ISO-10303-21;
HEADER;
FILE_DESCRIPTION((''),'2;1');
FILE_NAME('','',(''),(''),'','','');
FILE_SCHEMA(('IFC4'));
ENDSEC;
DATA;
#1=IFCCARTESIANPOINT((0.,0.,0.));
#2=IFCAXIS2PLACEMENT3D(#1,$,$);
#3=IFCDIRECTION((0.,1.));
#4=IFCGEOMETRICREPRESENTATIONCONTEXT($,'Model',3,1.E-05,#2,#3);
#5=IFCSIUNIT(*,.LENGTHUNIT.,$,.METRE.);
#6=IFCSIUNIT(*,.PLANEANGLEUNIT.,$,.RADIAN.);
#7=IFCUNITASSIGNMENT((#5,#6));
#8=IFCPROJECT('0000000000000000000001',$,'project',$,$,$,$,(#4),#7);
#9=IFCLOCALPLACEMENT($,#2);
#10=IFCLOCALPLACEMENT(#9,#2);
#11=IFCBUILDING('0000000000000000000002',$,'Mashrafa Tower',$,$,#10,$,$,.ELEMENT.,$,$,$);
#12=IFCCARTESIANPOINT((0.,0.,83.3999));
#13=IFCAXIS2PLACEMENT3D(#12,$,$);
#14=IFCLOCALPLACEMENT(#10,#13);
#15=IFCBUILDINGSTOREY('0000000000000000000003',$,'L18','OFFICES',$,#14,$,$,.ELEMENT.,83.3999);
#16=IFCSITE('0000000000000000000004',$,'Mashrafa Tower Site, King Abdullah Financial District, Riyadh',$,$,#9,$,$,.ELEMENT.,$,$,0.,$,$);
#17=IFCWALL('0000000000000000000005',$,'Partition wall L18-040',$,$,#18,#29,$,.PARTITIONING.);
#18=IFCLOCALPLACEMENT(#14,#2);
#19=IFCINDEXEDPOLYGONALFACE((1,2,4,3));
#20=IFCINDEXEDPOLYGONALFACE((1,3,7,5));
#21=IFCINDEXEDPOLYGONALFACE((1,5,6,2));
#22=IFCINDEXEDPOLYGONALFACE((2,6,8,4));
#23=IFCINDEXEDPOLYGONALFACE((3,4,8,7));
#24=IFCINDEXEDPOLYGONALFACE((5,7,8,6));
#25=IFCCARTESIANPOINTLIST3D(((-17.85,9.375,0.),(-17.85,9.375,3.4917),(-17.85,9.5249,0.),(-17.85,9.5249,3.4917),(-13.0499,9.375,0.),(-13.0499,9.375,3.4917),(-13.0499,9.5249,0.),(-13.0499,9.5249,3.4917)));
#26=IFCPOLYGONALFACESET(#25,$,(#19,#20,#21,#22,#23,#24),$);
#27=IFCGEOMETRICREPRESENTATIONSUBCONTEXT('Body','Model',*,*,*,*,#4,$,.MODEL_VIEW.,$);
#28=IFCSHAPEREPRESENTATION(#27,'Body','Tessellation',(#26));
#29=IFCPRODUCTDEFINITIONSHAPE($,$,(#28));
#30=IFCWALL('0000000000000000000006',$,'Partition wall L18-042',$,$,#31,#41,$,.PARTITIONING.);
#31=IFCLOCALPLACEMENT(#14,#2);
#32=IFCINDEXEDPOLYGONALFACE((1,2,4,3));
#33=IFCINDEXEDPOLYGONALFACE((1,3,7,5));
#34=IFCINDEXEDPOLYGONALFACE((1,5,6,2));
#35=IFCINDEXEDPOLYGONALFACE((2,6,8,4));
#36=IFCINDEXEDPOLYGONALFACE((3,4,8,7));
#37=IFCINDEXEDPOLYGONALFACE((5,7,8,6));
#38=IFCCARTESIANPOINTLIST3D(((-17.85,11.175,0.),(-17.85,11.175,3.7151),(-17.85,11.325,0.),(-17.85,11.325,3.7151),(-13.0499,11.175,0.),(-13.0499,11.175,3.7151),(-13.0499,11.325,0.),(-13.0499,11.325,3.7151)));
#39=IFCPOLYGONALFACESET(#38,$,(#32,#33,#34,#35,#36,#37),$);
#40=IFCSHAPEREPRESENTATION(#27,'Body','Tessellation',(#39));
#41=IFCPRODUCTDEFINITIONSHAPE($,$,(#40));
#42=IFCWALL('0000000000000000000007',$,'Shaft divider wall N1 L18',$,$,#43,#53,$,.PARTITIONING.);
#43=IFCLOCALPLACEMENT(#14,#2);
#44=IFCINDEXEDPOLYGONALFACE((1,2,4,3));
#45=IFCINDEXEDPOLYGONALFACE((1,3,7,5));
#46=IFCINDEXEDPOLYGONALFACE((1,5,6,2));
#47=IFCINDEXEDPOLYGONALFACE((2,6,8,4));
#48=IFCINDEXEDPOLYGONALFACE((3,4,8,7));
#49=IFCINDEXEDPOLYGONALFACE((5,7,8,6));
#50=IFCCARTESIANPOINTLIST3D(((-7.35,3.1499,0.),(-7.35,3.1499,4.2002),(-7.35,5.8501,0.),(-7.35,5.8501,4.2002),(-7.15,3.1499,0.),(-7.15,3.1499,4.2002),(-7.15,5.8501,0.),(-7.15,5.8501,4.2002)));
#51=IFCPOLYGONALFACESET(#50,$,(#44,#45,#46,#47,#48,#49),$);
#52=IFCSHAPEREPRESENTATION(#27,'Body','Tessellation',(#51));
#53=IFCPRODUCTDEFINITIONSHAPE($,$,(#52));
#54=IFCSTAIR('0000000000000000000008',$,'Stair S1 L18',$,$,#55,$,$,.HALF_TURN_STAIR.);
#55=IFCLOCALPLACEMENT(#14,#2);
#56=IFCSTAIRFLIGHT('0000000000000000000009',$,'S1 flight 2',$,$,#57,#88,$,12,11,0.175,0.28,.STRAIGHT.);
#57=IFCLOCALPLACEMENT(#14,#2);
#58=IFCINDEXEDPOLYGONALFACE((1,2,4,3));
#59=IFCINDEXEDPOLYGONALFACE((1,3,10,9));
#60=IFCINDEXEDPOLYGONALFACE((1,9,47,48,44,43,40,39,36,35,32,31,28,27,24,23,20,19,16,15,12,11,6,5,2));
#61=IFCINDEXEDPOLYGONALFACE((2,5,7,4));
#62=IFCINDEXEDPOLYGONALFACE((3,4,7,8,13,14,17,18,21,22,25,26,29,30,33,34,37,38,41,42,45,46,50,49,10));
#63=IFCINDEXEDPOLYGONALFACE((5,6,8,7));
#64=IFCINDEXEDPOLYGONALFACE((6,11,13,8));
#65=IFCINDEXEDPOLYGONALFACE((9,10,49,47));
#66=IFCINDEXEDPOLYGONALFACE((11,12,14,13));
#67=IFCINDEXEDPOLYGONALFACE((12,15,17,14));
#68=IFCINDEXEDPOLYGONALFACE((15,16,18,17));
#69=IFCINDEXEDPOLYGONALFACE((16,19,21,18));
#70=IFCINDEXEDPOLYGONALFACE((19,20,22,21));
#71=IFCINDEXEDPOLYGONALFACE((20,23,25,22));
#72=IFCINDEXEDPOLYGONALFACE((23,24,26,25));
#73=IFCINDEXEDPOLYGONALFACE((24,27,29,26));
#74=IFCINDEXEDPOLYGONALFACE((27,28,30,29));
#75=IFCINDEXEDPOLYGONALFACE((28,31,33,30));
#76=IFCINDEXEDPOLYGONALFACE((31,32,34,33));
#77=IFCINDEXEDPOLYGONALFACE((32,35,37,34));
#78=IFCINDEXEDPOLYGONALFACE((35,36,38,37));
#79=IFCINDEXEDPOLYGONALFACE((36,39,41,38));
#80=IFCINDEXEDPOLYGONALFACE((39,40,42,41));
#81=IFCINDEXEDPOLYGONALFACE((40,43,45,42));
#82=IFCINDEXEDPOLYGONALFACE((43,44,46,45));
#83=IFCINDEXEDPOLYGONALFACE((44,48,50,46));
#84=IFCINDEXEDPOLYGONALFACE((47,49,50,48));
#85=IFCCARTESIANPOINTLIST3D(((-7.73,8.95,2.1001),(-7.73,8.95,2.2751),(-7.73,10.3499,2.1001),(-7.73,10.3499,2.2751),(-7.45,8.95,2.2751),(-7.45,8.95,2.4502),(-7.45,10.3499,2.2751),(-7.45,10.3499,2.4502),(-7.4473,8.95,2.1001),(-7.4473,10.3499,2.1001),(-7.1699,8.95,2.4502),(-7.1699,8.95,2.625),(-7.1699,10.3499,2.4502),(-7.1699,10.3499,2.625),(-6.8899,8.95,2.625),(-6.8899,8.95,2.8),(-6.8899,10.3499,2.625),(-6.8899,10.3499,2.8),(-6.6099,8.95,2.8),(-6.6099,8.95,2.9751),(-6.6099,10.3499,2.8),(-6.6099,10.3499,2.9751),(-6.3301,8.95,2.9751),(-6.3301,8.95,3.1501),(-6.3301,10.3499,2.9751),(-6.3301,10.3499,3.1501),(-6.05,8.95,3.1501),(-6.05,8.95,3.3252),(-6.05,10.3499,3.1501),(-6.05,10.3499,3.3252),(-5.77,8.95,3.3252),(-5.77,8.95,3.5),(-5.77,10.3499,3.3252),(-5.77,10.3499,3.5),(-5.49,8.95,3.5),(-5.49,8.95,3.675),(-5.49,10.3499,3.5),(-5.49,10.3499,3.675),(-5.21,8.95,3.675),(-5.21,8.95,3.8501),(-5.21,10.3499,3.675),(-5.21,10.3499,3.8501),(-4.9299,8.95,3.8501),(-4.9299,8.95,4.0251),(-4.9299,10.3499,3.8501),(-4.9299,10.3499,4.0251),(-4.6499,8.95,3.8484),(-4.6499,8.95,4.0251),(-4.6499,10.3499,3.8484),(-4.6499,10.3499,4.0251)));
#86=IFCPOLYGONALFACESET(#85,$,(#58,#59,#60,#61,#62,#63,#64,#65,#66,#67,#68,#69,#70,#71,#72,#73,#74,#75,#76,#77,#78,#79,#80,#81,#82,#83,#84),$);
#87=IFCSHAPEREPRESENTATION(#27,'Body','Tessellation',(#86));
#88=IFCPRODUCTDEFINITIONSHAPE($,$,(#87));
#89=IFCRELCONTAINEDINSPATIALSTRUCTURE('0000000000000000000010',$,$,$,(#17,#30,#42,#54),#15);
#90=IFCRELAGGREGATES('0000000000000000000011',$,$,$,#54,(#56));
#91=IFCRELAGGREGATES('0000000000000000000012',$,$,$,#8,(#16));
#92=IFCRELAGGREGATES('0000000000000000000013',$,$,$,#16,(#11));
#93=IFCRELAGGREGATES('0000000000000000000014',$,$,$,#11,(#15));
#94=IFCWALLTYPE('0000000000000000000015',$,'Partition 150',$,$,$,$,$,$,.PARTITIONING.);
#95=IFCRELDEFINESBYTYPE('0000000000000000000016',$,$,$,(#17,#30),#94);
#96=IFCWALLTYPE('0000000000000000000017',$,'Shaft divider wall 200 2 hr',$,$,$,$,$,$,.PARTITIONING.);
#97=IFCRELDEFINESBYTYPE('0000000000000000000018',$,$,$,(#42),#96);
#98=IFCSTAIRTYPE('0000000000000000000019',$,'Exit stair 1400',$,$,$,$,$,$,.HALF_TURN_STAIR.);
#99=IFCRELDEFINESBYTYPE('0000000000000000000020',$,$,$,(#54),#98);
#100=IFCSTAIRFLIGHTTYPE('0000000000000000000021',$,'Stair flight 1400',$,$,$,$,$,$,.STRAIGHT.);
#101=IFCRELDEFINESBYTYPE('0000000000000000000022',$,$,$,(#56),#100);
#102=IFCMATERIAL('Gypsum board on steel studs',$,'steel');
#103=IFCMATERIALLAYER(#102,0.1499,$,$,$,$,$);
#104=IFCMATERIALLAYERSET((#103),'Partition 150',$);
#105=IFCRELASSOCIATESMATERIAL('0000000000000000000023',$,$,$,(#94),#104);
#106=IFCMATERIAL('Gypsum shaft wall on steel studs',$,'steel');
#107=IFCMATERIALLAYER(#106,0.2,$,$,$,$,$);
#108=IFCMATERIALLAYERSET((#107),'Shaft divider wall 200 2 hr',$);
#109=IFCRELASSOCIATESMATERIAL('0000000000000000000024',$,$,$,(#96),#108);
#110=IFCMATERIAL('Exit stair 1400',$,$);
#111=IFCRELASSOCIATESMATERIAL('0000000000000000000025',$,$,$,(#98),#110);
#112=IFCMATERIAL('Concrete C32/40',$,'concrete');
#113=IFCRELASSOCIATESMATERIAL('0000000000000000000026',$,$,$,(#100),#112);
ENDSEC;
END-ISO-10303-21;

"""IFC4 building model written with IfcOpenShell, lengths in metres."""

from ifc_helpers import new_model, si_unit, direction, frame, frame_2d, origin, place, context, subcontext, project, spatial, polyline, rectangle, outline, extrude, material, layer, layer_set, type_object, element, aggregate, save


model = new_model("IFC4")

# Units and contexts
model_context = context("Model", 3, precision=1e-05, world=origin(), true_north=direction((0.0, 1.0)))
body_context = subcontext(model_context, "Body", "Model", "MODEL_VIEW")
ifc_project = project(units=[si_unit("LENGTHUNIT", "METRE"), si_unit("PLANEANGLEUNIT", "RADIAN")], contexts=[model_context])

# Site, building, storey
site_placement = place(None, origin())
site = spatial("IfcSite", under=ifc_project, at=site_placement, Name="Mashrafa Tower Site, King Abdullah Financial District, Riyadh", CompositionType="ELEMENT", RefElevation=0.0)
building_placement = place(site_placement, origin())
building = spatial("IfcBuilding", under=site, at=building_placement, Name="Mashrafa Tower", CompositionType="ELEMENT")
storey_placement = place(building_placement, frame((0.0, 0.0, 83.3999)))
storey = spatial("IfcBuildingStorey", under=building, at=storey_placement, Name="L18", Description="OFFICES", CompositionType="ELEMENT", Elevation=83.3999)

# Walls
ifc_material_1 = material(Name="Gypsum board on steel studs", Category="steel")
ifc_layer_1 = layer(ifc_material_1, 0.1499)
ifc_layer_set_1 = layer_set([ifc_layer_1], Name="Partition 150")
wall_type_1 = type_object("IfcWallType", Name="Partition 150", PredefinedType="PARTITIONING", material=ifc_layer_set_1)
wall_1_placement = place(storey_placement, frame((-13.05, 9.45, 0.0), z_axis=(0.0, 0.0, 1.0), x_axis=(-1.0, 0.0, 0.0)))
element("IfcWall", 1, at=wall_1_placement, inside=storey, type_object=wall_type_1, Name="Partition wall L18-040", PredefinedType="PARTITIONING", context=body_context, shape_type="SweptSolid", body=[
    extrude(rectangle(XDim=4.8, YDim=0.1499, at=frame_2d((2.3999, 0.0))), origin(), (0.0, 0.0, 1.0), 3.4917),
])
wall_2_placement = place(storey_placement, frame((-13.05, 11.25, 0.0), z_axis=(0.0, 0.0, 1.0), x_axis=(-1.0, 0.0, 0.0)))
element("IfcWall", 2, at=wall_2_placement, inside=storey, type_object=wall_type_1, Name="Partition wall L18-042", PredefinedType="PARTITIONING", context=body_context, shape_type="SweptSolid", body=[
    extrude(rectangle(XDim=4.8, YDim=0.1499, at=frame_2d((2.3999, 0.0))), origin(), (0.0, 0.0, 1.0), 3.7151),
])
ifc_material_2 = material(Name="Gypsum shaft wall on steel studs", Category="steel")
ifc_layer_2 = layer(ifc_material_2, 0.2)
ifc_layer_set_2 = layer_set([ifc_layer_2], Name="Shaft divider wall 200 2 hr")
wall_type_2 = type_object("IfcWallType", Name="Shaft divider wall 200 2 hr", PredefinedType="PARTITIONING", material=ifc_layer_set_2)
wall_3_placement = place(storey_placement, frame((-7.25, 3.1499, 0.0), z_axis=(0.0, 0.0, 1.0), x_axis=(0.0, 1.0, 0.0)))
element("IfcWall", 3, at=wall_3_placement, inside=storey, type_object=wall_type_2, Name="Shaft divider wall N1 L18", PredefinedType="PARTITIONING", context=body_context, shape_type="SweptSolid", body=[
    extrude(rectangle(XDim=2.7002, YDim=0.2, at=frame_2d((1.3501, 0.0))), origin(), (0.0, 0.0, 1.0), 4.2002),
])

# Stair, stair flight
ifc_material_3 = material(Name="Exit stair 1400")
stair_type = type_object("IfcStairType", Name="Exit stair 1400", PredefinedType="HALF_TURN_STAIR", material=ifc_material_3)
stair_placement = place(storey_placement, origin())
stair = element("IfcStair", 4, at=stair_placement, inside=storey, type_object=stair_type, Name="Stair S1 L18", PredefinedType="HALF_TURN_STAIR")
ifc_material_4 = material(Name="Concrete C32/40", Category="concrete")
stair_flight_type = type_object("IfcStairFlightType", Name="Stair flight 1400", PredefinedType="STRAIGHT", material=ifc_material_4)
stair_flight_placement = place(storey_placement, frame((-7.73, 9.6499, 2.1001), z_axis=(0.0, 0.0, 1.0), x_axis=(1.0, 0.0, 0.0)))
stair_flight = element("IfcStairFlight", 5, at=stair_flight_placement, type_object=stair_flight_type, Name="S1 flight 2", NumberOfRisers=12, NumberOfTreads=11, PredefinedType="STRAIGHT", RiserHeight=0.175, TreadLength=0.28, context=body_context, shape_type="SweptSolid", body=[
    extrude(outline(polyline([(0.0, 0.0), (0.0, 0.175), (0.28, 0.175), (0.28, 0.3501), (0.5601, 0.3501), (0.5601, 0.5249), (0.8401, 0.5249), (0.8401, 0.7), (1.1201, 0.7), (1.1201, 0.875), (1.3999, 0.875), (1.3999, 1.05), (1.6799, 1.05), (1.6799, 1.2251), (1.96, 1.2251), (1.96, 1.3999), (2.24, 1.3999), (2.24, 1.575), (2.52, 1.575), (2.52, 1.75), (2.8, 1.75), (2.8, 1.925), (3.0801, 1.925), (3.0801, 2.1001), (3.0801, 1.7483), (0.2827, 0.0), (0.0, 0.0)])), frame((0.0, 0.7, 0.0), z_axis=(0.0, -1.0, 0.0), x_axis=(1.0, 0.0, 0.0)), (0.0, 0.0, 1.0), 1.3999),
])
aggregate(stair, [stair_flight])

save(model, "model.ifc")
